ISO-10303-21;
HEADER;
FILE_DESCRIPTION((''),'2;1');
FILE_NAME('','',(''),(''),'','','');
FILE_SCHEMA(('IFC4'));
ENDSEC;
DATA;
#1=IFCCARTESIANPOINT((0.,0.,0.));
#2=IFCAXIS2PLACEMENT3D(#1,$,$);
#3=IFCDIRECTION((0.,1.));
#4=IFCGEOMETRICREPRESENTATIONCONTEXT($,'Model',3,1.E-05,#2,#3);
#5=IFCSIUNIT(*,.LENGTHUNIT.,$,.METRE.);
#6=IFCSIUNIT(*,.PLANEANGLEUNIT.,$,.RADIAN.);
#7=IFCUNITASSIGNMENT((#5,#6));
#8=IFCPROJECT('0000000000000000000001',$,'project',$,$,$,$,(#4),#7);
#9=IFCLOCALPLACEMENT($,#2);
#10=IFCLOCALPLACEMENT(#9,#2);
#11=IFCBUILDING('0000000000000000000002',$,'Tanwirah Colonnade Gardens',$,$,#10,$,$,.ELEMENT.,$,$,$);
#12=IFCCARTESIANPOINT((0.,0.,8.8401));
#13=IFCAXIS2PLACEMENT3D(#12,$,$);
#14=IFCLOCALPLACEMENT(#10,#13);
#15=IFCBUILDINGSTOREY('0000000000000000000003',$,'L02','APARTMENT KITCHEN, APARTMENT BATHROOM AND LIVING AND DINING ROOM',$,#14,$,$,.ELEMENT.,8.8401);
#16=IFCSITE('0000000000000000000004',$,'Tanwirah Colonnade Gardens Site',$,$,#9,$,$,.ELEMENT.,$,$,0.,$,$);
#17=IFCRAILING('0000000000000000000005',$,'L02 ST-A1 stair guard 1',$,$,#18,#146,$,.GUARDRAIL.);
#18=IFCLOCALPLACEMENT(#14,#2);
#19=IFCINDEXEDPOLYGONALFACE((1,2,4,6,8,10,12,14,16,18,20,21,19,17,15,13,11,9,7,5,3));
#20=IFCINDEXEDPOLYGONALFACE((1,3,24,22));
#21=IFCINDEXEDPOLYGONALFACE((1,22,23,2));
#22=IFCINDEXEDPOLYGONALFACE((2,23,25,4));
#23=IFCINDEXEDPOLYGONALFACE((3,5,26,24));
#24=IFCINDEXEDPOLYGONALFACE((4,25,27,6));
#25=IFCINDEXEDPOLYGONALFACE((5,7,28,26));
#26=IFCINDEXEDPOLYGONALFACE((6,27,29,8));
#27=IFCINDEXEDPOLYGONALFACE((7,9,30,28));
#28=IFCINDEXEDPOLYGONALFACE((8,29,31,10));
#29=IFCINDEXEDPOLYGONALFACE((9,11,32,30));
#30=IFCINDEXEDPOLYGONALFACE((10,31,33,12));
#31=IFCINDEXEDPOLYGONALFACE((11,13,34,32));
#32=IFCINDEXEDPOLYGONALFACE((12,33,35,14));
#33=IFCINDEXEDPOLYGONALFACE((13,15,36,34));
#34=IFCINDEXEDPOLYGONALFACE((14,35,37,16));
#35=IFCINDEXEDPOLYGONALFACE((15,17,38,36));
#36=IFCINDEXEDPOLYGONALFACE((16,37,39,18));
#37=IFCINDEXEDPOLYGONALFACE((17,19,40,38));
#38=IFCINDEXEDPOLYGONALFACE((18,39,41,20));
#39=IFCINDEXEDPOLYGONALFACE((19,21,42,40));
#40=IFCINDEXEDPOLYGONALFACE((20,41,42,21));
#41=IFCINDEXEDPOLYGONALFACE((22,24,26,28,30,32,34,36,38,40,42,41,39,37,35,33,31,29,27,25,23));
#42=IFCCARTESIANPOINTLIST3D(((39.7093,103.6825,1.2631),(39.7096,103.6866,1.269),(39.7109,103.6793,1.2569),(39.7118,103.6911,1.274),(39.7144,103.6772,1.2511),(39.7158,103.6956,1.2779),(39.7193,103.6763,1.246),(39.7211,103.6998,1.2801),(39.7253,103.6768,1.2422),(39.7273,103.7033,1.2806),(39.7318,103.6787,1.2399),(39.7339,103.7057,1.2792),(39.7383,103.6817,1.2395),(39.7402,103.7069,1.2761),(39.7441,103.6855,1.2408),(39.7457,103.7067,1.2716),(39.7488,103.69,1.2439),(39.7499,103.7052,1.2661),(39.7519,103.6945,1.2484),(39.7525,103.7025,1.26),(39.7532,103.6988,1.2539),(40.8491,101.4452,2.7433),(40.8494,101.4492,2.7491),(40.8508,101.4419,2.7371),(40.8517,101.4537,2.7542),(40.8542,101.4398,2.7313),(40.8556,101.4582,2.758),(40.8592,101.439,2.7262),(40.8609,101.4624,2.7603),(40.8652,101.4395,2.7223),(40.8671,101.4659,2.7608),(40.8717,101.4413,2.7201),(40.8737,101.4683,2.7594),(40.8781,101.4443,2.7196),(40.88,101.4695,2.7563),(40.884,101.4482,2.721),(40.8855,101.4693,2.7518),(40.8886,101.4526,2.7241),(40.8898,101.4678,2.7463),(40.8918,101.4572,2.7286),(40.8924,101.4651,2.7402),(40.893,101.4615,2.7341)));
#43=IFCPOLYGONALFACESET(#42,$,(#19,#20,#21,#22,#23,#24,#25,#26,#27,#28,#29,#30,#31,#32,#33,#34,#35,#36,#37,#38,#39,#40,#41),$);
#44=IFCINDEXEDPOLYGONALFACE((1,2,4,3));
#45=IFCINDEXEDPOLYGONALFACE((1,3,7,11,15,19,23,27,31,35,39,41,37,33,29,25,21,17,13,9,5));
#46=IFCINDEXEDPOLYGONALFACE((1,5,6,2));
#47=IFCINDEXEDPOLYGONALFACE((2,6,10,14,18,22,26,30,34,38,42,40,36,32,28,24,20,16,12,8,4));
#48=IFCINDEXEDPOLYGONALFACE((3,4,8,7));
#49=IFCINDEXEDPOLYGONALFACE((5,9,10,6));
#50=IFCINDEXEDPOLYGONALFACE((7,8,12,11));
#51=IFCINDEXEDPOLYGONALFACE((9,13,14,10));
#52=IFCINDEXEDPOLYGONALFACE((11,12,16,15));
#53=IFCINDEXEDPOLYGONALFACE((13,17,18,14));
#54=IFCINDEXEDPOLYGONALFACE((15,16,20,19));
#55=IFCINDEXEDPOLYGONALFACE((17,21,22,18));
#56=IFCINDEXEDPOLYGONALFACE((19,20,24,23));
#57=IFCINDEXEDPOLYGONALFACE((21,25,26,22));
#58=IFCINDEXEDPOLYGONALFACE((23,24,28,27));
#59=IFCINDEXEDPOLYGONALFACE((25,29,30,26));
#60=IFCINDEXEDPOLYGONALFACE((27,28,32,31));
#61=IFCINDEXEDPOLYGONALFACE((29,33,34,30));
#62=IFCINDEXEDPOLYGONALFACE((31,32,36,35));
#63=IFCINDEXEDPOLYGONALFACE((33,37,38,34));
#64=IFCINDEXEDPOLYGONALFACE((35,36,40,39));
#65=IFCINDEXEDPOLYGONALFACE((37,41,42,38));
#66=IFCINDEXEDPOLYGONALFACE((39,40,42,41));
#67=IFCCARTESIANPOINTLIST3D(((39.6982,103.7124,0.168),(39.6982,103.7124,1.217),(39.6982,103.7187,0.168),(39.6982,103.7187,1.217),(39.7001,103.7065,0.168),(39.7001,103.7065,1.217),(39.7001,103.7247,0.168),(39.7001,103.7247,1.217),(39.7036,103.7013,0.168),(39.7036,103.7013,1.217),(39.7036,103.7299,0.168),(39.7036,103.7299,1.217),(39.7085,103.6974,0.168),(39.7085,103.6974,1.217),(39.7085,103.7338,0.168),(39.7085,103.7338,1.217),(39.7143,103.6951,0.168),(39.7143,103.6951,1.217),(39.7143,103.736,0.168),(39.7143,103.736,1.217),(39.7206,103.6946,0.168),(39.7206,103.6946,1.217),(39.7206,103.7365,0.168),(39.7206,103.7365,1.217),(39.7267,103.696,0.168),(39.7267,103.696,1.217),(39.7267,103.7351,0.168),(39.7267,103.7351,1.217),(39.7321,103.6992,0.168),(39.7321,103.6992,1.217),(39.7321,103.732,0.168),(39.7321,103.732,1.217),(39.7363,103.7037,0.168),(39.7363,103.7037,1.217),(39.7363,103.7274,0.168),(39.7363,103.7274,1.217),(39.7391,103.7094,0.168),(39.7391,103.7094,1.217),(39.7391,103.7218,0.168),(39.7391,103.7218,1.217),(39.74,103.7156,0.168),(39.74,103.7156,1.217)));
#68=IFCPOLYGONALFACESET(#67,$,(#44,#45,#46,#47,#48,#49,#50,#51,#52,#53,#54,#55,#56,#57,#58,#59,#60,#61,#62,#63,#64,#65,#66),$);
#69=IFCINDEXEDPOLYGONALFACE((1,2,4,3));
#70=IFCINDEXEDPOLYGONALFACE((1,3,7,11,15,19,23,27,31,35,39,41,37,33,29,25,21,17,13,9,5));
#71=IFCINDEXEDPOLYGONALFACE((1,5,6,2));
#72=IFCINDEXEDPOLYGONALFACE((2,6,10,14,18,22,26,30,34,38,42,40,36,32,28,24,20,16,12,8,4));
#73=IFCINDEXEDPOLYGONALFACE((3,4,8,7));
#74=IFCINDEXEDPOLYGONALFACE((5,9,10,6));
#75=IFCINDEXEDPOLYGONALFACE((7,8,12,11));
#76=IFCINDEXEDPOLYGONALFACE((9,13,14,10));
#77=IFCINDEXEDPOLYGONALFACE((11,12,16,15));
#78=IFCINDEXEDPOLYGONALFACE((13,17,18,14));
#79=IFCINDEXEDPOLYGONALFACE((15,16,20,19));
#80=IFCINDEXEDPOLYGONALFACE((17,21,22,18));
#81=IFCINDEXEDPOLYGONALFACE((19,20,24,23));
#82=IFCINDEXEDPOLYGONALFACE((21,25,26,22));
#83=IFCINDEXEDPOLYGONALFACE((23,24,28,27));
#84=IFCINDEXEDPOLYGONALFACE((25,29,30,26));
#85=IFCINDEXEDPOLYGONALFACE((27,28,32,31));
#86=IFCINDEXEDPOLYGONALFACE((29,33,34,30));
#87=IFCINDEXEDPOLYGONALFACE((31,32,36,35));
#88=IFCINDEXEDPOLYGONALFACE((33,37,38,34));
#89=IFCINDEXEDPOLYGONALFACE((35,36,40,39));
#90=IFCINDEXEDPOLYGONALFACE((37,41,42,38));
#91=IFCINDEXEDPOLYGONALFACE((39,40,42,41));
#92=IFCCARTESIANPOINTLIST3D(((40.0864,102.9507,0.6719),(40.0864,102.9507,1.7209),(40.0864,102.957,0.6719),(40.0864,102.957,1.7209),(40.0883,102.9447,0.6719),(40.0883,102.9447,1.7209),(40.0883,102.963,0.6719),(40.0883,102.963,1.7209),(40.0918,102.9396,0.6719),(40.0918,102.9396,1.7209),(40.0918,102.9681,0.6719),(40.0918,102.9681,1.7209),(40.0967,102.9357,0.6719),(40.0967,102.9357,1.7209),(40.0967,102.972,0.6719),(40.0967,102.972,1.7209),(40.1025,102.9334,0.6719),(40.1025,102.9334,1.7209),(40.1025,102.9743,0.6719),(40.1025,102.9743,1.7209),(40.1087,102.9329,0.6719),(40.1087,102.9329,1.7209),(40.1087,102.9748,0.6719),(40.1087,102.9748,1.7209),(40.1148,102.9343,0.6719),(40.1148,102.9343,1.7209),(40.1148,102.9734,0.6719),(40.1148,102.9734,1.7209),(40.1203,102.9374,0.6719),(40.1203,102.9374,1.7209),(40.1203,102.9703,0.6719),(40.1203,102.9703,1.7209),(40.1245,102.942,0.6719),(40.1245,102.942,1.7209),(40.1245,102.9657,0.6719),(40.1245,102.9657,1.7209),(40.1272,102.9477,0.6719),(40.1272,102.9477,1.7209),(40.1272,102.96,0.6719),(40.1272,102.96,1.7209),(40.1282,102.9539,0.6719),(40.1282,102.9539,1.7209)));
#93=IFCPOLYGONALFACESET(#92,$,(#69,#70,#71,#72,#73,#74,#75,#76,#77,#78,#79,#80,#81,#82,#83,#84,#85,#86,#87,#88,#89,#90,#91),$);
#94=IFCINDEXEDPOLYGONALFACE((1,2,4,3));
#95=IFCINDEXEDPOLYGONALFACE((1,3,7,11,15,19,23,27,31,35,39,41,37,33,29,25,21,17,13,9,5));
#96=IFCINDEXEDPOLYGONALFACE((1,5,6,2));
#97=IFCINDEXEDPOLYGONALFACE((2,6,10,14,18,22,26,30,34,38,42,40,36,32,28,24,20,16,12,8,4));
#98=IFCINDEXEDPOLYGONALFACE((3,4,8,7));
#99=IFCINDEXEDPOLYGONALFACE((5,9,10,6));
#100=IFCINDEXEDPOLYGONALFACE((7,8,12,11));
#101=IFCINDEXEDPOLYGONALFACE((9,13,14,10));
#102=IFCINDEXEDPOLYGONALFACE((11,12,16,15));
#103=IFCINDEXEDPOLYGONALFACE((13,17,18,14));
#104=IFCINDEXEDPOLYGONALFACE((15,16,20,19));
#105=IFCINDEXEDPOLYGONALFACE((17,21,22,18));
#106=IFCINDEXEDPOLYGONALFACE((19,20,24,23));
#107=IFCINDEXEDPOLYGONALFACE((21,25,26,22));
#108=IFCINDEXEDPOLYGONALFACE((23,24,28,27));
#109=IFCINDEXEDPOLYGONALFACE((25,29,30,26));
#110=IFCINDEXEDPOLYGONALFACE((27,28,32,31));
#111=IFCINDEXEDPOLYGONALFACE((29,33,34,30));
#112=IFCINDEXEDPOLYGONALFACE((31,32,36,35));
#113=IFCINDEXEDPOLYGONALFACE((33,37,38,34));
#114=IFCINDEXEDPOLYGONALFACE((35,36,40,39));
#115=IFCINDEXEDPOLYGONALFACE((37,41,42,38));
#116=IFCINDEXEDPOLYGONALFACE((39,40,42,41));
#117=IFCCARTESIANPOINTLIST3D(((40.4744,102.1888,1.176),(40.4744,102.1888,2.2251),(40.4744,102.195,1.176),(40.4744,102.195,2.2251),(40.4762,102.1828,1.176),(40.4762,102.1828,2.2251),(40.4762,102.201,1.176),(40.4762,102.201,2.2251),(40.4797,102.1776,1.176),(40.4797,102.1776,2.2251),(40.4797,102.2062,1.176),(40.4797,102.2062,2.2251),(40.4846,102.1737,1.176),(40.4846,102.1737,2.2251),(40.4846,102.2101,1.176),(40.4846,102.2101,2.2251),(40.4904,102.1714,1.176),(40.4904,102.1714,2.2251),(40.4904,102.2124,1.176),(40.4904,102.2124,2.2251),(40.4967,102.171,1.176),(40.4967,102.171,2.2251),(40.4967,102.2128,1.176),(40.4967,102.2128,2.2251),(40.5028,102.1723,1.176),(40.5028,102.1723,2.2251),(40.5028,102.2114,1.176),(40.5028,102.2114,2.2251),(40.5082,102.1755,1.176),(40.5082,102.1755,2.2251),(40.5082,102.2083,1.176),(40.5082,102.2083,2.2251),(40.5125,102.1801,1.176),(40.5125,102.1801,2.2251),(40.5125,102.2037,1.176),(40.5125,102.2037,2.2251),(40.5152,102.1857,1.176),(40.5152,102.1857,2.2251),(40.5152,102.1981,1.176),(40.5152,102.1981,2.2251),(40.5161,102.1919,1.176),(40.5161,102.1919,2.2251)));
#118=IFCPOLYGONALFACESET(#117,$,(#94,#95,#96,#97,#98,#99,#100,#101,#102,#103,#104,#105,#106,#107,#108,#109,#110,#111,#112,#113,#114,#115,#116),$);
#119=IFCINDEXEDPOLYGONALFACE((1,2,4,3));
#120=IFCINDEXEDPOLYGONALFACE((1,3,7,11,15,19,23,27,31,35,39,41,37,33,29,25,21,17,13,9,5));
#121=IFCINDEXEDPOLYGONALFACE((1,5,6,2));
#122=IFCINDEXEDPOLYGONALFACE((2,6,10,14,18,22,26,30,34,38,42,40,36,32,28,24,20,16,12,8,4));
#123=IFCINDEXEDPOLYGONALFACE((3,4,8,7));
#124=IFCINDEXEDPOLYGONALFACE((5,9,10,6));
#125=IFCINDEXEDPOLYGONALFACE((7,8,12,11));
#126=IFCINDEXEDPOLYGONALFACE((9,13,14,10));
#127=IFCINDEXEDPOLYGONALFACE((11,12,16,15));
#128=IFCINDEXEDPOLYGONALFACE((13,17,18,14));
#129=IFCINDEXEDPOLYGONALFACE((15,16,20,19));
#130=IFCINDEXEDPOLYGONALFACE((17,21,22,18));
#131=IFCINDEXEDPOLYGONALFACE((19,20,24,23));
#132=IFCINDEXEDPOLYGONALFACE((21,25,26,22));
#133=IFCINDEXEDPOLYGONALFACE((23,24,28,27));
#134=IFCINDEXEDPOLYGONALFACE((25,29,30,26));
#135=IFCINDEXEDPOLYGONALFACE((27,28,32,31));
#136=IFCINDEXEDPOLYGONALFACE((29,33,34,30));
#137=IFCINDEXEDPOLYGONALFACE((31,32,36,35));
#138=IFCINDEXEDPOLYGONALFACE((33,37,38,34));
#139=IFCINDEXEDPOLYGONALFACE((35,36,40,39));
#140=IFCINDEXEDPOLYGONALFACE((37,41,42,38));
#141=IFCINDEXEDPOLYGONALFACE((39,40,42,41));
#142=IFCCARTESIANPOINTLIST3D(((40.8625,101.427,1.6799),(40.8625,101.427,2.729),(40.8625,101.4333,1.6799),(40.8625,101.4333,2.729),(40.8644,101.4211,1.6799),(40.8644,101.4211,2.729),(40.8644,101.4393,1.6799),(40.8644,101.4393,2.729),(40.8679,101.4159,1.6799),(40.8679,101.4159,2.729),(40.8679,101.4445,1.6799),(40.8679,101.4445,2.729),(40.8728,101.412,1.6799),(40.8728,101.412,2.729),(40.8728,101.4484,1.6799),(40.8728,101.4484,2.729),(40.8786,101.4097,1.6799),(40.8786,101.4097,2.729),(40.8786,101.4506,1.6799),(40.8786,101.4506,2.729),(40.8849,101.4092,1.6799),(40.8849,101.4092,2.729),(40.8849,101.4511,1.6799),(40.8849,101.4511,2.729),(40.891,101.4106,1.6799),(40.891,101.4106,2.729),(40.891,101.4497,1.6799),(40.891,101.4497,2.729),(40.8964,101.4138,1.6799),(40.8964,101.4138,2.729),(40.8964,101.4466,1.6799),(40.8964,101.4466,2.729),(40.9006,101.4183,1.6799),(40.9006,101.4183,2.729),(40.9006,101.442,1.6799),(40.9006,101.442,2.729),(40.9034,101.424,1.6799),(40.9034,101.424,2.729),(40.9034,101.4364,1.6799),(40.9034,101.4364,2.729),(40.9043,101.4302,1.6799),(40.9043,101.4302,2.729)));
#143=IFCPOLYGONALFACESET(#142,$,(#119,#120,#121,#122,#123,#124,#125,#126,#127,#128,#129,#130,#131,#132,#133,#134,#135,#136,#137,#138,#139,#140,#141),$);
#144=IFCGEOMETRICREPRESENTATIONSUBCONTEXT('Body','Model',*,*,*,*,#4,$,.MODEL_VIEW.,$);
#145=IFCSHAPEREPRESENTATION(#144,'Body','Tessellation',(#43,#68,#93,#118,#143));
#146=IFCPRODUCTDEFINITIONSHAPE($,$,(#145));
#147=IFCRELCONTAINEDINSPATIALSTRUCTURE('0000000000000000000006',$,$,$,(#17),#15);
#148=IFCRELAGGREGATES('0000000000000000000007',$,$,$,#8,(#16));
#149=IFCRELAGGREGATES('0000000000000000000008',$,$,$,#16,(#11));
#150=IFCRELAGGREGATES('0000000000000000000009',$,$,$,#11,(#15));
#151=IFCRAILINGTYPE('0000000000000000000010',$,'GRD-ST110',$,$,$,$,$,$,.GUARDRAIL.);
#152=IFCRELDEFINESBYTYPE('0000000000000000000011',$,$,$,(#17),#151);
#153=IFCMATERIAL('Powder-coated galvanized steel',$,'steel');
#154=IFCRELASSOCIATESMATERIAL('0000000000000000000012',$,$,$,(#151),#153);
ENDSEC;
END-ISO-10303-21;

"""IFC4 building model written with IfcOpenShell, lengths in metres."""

from ifc_helpers import new_model, si_unit, direction, frame, origin, origin_2d, place, context, subcontext, project, spatial, circle, extrude, material, type_object, element, save


model = new_model("IFC4")

# Units and contexts
model_context = context("Model", 3, precision=1e-05, world=origin(), true_north=direction((0.0, 1.0)))
body_context = subcontext(model_context, "Body", "Model", "MODEL_VIEW")
ifc_project = project(units=[si_unit("LENGTHUNIT", "METRE"), si_unit("PLANEANGLEUNIT", "RADIAN")], contexts=[model_context])

# Site, building, storey
site_placement = place(None, origin())
site = spatial("IfcSite", under=ifc_project, at=site_placement, Name="Tanwirah Colonnade Gardens Site", CompositionType="ELEMENT", RefElevation=0.0)
building_placement = place(site_placement, origin())
building = spatial("IfcBuilding", under=site, at=building_placement, Name="Tanwirah Colonnade Gardens", CompositionType="ELEMENT")
storey_placement = place(building_placement, frame((0.0, 0.0, 8.8401)))
storey = spatial("IfcBuildingStorey", under=building, at=storey_placement, Name="L02", Description="APARTMENT KITCHEN, APARTMENT BATHROOM AND LIVING AND DINING ROOM", CompositionType="ELEMENT", Elevation=8.8401)

# Railing
ifc_material_1 = material(Name="Powder-coated galvanized steel", Category="steel")
railing_type_1 = type_object("IfcRailingType", Name="GRD-ST110", PredefinedType="GUARDRAIL", material=ifc_material_1)
railing_1_placement = place(storey_placement, frame((39.719, 103.7156, 0.168)))
element("IfcRailing", 1, at=railing_1_placement, inside=storey, type_object=railing_type_1, Name="L02 ST-A1 stair guard 1", PredefinedType="GUARDRAIL", context=body_context, shape_type="SweptSolid", body=[
    extrude(circle(Radius=0.0239, at=origin_2d()), frame((0.0122, -0.0239, 1.092), z_axis=(0.391053, -0.767592, 0.507819), x_axis=(0.891032, 0.45394, 0.0)), (0.0, 0.0, 1.0), 2.9148),
    extrude(circle(Radius=0.021, at=origin_2d()), origin(), (0.0, 0.0, 1.0), 1.0491),
    extrude(circle(Radius=0.021, at=origin_2d()), frame((0.3882, -0.7617, 0.5039)), (0.0, 0.0, 1.0), 1.0491),
    extrude(circle(Radius=0.021, at=origin_2d()), frame((0.7761, -1.5237, 1.0081)), (0.0, 0.0, 1.0), 1.0491),
    extrude(circle(Radius=0.021, at=origin_2d()), frame((1.1643, -2.2854, 1.512)), (0.0, 0.0, 1.0), 1.0491),
])

save(model, "model.ifc")
